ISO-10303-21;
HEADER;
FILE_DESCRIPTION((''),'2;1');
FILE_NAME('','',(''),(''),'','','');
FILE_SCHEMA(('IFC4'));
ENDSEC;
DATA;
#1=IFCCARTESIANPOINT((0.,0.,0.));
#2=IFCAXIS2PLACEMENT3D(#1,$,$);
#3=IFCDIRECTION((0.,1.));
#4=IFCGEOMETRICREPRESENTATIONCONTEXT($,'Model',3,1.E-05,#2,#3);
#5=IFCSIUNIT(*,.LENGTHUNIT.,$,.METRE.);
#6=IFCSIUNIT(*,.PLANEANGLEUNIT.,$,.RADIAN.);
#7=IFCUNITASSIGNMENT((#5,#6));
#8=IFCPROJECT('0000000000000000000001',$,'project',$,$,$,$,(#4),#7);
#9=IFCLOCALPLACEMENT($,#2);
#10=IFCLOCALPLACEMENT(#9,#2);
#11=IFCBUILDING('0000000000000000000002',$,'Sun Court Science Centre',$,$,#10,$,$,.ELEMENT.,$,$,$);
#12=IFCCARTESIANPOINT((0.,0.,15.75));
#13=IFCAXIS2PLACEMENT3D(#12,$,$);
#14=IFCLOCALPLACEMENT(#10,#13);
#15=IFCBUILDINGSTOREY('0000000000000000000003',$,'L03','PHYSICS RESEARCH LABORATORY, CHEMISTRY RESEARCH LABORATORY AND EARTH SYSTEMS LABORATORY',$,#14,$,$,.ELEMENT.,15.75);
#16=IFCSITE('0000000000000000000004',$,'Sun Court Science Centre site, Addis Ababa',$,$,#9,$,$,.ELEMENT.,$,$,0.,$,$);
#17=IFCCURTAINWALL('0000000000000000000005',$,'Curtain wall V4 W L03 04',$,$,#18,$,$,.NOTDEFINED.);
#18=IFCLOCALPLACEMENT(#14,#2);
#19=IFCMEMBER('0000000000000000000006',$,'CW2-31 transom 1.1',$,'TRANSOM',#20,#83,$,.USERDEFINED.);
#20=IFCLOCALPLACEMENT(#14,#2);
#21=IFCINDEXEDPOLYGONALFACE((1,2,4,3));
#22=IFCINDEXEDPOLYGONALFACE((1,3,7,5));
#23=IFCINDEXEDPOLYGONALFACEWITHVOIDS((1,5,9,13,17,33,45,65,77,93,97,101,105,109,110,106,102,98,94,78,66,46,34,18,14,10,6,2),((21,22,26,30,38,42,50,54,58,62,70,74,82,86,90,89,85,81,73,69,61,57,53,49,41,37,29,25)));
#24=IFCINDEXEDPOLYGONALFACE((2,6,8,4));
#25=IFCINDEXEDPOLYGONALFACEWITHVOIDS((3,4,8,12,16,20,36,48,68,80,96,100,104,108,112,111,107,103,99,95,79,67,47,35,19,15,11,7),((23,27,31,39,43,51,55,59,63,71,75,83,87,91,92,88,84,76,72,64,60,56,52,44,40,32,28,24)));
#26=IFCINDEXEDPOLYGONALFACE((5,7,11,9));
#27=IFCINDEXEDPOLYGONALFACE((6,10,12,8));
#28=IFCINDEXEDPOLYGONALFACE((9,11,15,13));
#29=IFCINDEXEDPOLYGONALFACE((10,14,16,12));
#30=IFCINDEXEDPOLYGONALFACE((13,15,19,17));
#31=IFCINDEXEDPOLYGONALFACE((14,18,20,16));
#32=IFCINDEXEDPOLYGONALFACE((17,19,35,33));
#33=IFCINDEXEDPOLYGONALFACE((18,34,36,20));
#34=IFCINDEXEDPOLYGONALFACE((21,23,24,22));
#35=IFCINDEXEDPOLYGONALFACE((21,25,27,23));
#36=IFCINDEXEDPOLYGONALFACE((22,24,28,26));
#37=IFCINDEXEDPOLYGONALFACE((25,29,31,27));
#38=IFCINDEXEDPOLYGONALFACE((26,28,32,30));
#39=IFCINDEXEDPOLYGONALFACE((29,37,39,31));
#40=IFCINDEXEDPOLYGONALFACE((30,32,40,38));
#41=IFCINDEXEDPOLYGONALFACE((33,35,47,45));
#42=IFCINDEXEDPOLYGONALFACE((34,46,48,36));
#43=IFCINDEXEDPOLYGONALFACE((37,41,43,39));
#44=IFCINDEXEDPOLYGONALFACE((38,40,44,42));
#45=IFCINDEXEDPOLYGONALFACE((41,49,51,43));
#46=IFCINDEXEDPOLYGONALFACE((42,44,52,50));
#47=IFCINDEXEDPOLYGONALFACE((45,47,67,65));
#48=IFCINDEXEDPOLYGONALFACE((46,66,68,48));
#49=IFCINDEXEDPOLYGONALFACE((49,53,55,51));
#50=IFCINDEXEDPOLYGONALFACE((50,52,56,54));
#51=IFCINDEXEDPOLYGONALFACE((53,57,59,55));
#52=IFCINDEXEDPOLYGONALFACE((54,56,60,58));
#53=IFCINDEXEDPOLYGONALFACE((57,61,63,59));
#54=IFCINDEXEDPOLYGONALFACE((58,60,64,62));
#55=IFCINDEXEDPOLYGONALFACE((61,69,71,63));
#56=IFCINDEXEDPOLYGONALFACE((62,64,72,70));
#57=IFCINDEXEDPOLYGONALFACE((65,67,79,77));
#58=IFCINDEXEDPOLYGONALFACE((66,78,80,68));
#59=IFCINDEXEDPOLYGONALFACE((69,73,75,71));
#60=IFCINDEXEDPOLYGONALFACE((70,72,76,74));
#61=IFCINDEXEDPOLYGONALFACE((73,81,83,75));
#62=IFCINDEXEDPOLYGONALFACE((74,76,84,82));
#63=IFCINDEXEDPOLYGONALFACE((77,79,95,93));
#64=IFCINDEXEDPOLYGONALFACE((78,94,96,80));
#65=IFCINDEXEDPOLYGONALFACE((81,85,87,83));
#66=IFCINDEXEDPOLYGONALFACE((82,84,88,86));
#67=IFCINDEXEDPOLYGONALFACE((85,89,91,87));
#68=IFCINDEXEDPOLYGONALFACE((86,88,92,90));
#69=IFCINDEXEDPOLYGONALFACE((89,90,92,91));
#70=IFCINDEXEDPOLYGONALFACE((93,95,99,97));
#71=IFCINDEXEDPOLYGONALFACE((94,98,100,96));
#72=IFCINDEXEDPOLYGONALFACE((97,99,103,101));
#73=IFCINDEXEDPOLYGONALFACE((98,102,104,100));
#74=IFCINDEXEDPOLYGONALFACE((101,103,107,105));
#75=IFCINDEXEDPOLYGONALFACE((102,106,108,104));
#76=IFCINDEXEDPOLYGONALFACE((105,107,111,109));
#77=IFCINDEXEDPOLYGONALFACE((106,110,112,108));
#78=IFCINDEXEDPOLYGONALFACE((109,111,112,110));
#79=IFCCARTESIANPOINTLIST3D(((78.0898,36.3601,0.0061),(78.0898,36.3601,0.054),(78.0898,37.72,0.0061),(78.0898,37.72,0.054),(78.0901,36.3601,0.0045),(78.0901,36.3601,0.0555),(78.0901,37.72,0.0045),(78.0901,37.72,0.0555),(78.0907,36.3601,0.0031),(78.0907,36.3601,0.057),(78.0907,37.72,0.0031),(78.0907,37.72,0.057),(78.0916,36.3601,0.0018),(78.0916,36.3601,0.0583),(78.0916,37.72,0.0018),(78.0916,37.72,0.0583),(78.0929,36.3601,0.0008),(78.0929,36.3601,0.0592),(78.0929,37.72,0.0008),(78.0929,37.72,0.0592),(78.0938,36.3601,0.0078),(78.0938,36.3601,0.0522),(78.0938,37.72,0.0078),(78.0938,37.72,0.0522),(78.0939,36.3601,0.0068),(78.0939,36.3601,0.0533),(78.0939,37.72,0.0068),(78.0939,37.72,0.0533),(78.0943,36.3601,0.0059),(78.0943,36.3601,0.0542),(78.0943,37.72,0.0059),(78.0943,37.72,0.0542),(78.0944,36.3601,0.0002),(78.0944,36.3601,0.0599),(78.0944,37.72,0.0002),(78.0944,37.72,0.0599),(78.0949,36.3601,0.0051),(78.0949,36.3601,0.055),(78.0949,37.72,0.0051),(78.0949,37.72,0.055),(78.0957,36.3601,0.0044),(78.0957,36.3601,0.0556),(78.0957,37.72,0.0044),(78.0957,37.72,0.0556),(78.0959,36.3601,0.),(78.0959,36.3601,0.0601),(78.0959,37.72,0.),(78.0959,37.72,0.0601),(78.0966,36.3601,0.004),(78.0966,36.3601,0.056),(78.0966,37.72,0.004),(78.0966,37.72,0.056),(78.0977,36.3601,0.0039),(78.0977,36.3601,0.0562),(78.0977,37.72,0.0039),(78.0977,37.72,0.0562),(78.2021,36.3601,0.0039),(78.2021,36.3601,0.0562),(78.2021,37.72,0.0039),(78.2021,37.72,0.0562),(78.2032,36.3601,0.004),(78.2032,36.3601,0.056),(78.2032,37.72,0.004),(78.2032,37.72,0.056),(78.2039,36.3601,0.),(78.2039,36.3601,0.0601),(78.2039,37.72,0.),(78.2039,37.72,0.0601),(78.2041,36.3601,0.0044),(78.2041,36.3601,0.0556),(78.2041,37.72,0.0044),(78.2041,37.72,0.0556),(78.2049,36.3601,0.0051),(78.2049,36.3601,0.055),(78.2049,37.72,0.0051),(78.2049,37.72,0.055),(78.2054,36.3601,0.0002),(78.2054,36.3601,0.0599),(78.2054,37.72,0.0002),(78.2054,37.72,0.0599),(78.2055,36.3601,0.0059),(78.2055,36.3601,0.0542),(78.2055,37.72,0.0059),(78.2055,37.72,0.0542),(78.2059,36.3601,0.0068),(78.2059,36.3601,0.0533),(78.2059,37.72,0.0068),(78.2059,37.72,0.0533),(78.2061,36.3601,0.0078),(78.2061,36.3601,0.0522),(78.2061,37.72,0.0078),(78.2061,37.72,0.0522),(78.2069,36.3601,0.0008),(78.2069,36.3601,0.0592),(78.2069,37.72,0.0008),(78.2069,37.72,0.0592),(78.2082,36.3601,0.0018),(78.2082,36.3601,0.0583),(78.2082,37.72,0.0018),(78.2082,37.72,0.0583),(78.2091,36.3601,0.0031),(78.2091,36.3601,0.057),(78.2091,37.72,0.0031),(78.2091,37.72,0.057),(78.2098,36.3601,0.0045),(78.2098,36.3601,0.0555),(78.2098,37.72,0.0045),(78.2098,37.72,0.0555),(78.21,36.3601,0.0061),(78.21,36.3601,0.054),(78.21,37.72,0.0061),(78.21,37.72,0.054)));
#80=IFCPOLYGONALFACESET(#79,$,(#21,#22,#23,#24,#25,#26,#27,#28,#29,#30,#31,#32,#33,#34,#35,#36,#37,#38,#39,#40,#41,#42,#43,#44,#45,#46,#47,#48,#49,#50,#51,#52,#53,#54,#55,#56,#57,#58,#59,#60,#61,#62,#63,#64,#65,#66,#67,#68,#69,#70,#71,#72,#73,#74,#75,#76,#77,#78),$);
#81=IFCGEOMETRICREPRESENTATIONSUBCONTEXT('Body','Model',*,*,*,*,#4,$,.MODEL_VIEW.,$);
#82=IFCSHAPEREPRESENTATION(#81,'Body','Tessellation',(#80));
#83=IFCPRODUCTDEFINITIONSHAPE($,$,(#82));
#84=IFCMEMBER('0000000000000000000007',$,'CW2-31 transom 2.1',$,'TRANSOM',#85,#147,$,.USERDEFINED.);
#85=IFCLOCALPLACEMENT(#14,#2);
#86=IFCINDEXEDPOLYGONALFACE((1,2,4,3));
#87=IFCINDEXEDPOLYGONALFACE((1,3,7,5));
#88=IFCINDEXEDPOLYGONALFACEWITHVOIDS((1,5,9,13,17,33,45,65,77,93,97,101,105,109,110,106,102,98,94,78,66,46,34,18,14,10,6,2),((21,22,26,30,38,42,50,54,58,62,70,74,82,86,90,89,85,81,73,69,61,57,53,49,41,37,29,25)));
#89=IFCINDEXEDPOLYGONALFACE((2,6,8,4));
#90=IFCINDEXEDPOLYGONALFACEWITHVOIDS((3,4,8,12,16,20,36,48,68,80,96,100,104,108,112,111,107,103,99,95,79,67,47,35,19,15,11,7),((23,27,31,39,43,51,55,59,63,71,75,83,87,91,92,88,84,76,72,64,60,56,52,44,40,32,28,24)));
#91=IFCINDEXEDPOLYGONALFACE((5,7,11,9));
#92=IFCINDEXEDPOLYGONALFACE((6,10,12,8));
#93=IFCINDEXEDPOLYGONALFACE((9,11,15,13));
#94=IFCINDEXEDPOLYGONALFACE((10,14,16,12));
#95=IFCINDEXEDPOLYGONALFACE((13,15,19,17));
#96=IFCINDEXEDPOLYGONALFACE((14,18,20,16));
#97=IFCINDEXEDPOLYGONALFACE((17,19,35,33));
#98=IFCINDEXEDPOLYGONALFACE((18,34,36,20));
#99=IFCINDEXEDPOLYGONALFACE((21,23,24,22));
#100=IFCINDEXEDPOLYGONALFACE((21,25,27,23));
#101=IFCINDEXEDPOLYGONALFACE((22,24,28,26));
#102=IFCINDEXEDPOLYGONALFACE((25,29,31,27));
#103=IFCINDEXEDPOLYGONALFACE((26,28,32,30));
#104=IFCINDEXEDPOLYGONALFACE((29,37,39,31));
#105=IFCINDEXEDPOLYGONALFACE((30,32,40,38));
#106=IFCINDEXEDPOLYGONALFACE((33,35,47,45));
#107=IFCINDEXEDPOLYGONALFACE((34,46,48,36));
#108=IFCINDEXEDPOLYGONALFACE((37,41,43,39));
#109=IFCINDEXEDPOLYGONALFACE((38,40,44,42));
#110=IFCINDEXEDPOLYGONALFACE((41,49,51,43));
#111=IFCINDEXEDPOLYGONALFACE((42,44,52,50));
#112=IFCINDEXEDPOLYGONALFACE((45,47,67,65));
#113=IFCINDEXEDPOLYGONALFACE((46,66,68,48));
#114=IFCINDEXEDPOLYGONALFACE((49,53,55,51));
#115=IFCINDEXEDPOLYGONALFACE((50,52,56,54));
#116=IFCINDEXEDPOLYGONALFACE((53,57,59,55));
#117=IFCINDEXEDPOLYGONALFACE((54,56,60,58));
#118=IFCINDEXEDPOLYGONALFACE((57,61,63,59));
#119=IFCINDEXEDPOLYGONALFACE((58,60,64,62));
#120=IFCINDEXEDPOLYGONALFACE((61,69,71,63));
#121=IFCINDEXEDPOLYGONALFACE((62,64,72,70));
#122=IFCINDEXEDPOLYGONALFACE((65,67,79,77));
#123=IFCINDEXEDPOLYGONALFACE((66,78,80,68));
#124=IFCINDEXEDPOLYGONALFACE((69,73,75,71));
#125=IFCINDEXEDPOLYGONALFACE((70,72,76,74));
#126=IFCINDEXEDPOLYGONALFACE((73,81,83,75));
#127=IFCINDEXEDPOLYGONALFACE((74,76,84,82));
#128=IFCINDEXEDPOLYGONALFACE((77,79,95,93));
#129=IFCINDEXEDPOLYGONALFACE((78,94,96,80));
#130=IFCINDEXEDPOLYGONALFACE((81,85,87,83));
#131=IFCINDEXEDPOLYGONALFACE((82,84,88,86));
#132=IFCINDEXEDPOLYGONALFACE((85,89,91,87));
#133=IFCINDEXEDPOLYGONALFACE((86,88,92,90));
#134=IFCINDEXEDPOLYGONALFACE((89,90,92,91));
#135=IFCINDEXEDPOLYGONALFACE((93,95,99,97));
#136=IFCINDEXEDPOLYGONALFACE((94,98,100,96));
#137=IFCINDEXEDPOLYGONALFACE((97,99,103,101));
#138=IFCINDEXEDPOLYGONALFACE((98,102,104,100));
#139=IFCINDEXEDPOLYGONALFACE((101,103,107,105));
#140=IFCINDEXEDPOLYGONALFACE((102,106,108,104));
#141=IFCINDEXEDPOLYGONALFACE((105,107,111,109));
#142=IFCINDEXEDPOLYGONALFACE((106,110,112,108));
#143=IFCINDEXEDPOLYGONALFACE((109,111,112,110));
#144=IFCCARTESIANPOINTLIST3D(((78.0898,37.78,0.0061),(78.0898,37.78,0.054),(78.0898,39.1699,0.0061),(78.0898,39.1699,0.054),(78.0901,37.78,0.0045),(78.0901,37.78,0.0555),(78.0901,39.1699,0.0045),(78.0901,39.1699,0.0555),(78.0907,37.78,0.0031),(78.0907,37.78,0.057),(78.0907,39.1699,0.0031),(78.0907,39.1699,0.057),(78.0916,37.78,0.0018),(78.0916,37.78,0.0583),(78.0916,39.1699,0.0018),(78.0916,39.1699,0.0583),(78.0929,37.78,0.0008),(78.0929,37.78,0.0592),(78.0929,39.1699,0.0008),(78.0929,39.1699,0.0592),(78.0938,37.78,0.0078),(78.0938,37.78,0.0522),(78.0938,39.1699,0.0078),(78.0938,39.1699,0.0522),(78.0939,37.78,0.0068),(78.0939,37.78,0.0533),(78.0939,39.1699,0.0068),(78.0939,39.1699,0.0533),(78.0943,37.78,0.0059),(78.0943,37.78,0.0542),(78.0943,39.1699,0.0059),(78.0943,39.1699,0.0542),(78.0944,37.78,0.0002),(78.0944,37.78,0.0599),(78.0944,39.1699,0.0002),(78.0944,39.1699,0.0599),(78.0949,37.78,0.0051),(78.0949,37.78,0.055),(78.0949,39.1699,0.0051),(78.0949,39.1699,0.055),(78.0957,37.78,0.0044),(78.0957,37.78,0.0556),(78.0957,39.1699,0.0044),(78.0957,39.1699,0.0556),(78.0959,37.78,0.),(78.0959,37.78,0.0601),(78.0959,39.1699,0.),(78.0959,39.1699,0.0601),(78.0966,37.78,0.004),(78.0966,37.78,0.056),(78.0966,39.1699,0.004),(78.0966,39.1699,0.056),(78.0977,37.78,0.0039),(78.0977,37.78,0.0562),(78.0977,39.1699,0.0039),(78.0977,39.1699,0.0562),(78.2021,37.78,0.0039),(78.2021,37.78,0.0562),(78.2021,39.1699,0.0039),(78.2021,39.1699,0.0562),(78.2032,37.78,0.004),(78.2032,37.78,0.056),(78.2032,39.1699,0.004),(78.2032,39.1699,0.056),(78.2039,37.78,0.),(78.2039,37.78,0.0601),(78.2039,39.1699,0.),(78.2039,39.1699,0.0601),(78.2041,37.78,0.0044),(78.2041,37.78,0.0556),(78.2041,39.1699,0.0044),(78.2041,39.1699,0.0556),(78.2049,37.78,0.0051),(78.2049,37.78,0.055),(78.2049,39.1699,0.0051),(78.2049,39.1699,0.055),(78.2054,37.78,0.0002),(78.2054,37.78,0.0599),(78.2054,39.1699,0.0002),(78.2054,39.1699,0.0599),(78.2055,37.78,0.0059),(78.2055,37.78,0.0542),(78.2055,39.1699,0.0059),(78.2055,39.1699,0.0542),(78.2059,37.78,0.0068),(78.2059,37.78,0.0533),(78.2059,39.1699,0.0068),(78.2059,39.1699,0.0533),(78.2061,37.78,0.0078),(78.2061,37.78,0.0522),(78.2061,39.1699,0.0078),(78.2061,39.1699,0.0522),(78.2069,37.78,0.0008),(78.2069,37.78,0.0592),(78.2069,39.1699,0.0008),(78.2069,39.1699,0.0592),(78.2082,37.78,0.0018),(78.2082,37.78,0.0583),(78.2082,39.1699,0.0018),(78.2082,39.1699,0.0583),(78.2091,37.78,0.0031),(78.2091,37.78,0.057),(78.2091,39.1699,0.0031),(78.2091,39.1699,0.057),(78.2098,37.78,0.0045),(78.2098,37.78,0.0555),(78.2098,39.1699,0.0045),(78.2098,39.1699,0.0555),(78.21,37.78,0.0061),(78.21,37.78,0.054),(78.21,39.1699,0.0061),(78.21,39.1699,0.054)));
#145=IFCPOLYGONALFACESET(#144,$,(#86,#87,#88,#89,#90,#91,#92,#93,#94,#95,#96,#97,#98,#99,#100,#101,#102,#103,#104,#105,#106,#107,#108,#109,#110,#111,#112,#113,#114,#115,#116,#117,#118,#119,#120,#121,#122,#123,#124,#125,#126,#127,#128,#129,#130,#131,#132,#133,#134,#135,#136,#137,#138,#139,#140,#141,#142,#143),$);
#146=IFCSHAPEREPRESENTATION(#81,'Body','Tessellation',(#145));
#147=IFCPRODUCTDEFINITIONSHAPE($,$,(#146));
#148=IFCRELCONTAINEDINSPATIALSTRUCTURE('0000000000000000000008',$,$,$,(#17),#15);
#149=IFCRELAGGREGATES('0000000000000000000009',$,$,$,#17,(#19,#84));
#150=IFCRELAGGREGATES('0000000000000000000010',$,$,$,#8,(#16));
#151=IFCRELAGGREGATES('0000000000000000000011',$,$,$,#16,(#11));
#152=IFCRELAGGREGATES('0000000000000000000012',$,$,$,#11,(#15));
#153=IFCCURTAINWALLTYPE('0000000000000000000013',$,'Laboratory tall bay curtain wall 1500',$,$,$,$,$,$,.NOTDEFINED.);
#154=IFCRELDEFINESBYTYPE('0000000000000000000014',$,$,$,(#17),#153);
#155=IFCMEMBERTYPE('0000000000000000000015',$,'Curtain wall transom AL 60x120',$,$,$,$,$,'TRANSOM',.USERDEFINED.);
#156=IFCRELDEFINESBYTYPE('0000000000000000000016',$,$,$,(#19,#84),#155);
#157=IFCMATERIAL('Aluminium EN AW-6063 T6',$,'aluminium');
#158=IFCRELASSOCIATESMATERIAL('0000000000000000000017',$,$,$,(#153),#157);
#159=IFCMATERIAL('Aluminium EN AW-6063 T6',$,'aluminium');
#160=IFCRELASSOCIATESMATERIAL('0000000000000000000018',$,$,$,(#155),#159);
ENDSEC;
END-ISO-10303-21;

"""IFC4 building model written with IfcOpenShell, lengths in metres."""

from ifc_helpers import new_model, si_unit, direction, frame, origin, origin_2d, place, context, subcontext, project, spatial, hollow_rectangle, extrude, material, material_profile, profile_set, type_object, element, aggregate, save


model = new_model("IFC4")

# Units and contexts
model_context = context("Model", 3, precision=1e-05, world=origin(), true_north=direction((0.0, 1.0)))
body_context = subcontext(model_context, "Body", "Model", "MODEL_VIEW")
ifc_project = project(units=[si_unit("LENGTHUNIT", "METRE"), si_unit("PLANEANGLEUNIT", "RADIAN")], contexts=[model_context])

# Site, building, storey
site_placement = place(None, origin())
site = spatial("IfcSite", under=ifc_project, at=site_placement, Name="Sun Court Science Centre site, Addis Ababa", CompositionType="ELEMENT", RefElevation=0.0)
building_placement = place(site_placement, origin())
building = spatial("IfcBuilding", under=site, at=building_placement, Name="Sun Court Science Centre", CompositionType="ELEMENT")
storey_placement = place(building_placement, frame((0.0, 0.0, 15.75)))
storey = spatial("IfcBuildingStorey", under=building, at=storey_placement, Name="L03", Description="PHYSICS RESEARCH LABORATORY, CHEMISTRY RESEARCH LABORATORY AND EARTH SYSTEMS LABORATORY", CompositionType="ELEMENT", Elevation=15.75)

# Curtain wall
ifc_material_1 = material(Name="Aluminium EN AW-6063 T6", Category="aluminium")
curtain_wall_type = type_object("IfcCurtainWallType", Name="Laboratory tall bay curtain wall 1500", PredefinedType="NOTDEFINED", material=ifc_material_1)
curtain_wall_1_placement = place(storey_placement, origin())
curtain_wall_1 = element("IfcCurtainWall", 1, at=curtain_wall_1_placement, inside=storey, type_object=curtain_wall_type, Name="Curtain wall V4 W L03 04", PredefinedType="NOTDEFINED")

# Members
ifc_material_2 = material(Name="Aluminium EN AW-6063 T6", Category="aluminium")
ifc_material_profile_1 = material_profile(ifc_material_2, hollow_rectangle(XDim=0.0601, YDim=0.1201, WallThickness=0.0039, InnerFilletRadius=0.0039, OuterFilletRadius=0.0061, at=origin_2d()), Name="AL 60x120x4")
ifc_profile_set_1 = profile_set([ifc_material_profile_1], Name="Aluminium EN AW-6063 T6")
member_type_1 = type_object("IfcMemberType", Name="Curtain wall transom AL 60x120", ElementType="TRANSOM", PredefinedType="USERDEFINED", material=ifc_profile_set_1)
member_1_placement = place(storey_placement, frame((78.1499, 36.3601, 0.03), z_axis=(0.0, 1.0, 0.0), x_axis=(0.0, 0.0, 1.0)))
member_1 = element("IfcMember", 2, at=member_1_placement, type_object=member_type_1, Name="CW2-31 transom 1.1", ObjectType="TRANSOM", PredefinedType="USERDEFINED", context=body_context, shape_type="SweptSolid", body=[
    extrude(hollow_rectangle(XDim=0.0601, YDim=0.1201, WallThickness=0.0039, InnerFilletRadius=0.0039, OuterFilletRadius=0.0061, at=origin_2d()), origin(), (0.0, 0.0, 1.0), 1.3599),
])
member_2_placement = place(storey_placement, frame((78.1499, 37.78, 0.03), z_axis=(0.0, 1.0, 0.0), x_axis=(0.0, 0.0, 1.0)))
member_2 = element("IfcMember", 3, at=member_2_placement, type_object=member_type_1, Name="CW2-31 transom 2.1", ObjectType="TRANSOM", PredefinedType="USERDEFINED", context=body_context, shape_type="SweptSolid", body=[
    extrude(hollow_rectangle(XDim=0.0601, YDim=0.1201, WallThickness=0.0039, InnerFilletRadius=0.0039, OuterFilletRadius=0.0061, at=origin_2d()), origin(), (0.0, 0.0, 1.0), 1.3899),
])

aggregate(curtain_wall_1, [member_1, member_2])

save(model, "model.ifc")
